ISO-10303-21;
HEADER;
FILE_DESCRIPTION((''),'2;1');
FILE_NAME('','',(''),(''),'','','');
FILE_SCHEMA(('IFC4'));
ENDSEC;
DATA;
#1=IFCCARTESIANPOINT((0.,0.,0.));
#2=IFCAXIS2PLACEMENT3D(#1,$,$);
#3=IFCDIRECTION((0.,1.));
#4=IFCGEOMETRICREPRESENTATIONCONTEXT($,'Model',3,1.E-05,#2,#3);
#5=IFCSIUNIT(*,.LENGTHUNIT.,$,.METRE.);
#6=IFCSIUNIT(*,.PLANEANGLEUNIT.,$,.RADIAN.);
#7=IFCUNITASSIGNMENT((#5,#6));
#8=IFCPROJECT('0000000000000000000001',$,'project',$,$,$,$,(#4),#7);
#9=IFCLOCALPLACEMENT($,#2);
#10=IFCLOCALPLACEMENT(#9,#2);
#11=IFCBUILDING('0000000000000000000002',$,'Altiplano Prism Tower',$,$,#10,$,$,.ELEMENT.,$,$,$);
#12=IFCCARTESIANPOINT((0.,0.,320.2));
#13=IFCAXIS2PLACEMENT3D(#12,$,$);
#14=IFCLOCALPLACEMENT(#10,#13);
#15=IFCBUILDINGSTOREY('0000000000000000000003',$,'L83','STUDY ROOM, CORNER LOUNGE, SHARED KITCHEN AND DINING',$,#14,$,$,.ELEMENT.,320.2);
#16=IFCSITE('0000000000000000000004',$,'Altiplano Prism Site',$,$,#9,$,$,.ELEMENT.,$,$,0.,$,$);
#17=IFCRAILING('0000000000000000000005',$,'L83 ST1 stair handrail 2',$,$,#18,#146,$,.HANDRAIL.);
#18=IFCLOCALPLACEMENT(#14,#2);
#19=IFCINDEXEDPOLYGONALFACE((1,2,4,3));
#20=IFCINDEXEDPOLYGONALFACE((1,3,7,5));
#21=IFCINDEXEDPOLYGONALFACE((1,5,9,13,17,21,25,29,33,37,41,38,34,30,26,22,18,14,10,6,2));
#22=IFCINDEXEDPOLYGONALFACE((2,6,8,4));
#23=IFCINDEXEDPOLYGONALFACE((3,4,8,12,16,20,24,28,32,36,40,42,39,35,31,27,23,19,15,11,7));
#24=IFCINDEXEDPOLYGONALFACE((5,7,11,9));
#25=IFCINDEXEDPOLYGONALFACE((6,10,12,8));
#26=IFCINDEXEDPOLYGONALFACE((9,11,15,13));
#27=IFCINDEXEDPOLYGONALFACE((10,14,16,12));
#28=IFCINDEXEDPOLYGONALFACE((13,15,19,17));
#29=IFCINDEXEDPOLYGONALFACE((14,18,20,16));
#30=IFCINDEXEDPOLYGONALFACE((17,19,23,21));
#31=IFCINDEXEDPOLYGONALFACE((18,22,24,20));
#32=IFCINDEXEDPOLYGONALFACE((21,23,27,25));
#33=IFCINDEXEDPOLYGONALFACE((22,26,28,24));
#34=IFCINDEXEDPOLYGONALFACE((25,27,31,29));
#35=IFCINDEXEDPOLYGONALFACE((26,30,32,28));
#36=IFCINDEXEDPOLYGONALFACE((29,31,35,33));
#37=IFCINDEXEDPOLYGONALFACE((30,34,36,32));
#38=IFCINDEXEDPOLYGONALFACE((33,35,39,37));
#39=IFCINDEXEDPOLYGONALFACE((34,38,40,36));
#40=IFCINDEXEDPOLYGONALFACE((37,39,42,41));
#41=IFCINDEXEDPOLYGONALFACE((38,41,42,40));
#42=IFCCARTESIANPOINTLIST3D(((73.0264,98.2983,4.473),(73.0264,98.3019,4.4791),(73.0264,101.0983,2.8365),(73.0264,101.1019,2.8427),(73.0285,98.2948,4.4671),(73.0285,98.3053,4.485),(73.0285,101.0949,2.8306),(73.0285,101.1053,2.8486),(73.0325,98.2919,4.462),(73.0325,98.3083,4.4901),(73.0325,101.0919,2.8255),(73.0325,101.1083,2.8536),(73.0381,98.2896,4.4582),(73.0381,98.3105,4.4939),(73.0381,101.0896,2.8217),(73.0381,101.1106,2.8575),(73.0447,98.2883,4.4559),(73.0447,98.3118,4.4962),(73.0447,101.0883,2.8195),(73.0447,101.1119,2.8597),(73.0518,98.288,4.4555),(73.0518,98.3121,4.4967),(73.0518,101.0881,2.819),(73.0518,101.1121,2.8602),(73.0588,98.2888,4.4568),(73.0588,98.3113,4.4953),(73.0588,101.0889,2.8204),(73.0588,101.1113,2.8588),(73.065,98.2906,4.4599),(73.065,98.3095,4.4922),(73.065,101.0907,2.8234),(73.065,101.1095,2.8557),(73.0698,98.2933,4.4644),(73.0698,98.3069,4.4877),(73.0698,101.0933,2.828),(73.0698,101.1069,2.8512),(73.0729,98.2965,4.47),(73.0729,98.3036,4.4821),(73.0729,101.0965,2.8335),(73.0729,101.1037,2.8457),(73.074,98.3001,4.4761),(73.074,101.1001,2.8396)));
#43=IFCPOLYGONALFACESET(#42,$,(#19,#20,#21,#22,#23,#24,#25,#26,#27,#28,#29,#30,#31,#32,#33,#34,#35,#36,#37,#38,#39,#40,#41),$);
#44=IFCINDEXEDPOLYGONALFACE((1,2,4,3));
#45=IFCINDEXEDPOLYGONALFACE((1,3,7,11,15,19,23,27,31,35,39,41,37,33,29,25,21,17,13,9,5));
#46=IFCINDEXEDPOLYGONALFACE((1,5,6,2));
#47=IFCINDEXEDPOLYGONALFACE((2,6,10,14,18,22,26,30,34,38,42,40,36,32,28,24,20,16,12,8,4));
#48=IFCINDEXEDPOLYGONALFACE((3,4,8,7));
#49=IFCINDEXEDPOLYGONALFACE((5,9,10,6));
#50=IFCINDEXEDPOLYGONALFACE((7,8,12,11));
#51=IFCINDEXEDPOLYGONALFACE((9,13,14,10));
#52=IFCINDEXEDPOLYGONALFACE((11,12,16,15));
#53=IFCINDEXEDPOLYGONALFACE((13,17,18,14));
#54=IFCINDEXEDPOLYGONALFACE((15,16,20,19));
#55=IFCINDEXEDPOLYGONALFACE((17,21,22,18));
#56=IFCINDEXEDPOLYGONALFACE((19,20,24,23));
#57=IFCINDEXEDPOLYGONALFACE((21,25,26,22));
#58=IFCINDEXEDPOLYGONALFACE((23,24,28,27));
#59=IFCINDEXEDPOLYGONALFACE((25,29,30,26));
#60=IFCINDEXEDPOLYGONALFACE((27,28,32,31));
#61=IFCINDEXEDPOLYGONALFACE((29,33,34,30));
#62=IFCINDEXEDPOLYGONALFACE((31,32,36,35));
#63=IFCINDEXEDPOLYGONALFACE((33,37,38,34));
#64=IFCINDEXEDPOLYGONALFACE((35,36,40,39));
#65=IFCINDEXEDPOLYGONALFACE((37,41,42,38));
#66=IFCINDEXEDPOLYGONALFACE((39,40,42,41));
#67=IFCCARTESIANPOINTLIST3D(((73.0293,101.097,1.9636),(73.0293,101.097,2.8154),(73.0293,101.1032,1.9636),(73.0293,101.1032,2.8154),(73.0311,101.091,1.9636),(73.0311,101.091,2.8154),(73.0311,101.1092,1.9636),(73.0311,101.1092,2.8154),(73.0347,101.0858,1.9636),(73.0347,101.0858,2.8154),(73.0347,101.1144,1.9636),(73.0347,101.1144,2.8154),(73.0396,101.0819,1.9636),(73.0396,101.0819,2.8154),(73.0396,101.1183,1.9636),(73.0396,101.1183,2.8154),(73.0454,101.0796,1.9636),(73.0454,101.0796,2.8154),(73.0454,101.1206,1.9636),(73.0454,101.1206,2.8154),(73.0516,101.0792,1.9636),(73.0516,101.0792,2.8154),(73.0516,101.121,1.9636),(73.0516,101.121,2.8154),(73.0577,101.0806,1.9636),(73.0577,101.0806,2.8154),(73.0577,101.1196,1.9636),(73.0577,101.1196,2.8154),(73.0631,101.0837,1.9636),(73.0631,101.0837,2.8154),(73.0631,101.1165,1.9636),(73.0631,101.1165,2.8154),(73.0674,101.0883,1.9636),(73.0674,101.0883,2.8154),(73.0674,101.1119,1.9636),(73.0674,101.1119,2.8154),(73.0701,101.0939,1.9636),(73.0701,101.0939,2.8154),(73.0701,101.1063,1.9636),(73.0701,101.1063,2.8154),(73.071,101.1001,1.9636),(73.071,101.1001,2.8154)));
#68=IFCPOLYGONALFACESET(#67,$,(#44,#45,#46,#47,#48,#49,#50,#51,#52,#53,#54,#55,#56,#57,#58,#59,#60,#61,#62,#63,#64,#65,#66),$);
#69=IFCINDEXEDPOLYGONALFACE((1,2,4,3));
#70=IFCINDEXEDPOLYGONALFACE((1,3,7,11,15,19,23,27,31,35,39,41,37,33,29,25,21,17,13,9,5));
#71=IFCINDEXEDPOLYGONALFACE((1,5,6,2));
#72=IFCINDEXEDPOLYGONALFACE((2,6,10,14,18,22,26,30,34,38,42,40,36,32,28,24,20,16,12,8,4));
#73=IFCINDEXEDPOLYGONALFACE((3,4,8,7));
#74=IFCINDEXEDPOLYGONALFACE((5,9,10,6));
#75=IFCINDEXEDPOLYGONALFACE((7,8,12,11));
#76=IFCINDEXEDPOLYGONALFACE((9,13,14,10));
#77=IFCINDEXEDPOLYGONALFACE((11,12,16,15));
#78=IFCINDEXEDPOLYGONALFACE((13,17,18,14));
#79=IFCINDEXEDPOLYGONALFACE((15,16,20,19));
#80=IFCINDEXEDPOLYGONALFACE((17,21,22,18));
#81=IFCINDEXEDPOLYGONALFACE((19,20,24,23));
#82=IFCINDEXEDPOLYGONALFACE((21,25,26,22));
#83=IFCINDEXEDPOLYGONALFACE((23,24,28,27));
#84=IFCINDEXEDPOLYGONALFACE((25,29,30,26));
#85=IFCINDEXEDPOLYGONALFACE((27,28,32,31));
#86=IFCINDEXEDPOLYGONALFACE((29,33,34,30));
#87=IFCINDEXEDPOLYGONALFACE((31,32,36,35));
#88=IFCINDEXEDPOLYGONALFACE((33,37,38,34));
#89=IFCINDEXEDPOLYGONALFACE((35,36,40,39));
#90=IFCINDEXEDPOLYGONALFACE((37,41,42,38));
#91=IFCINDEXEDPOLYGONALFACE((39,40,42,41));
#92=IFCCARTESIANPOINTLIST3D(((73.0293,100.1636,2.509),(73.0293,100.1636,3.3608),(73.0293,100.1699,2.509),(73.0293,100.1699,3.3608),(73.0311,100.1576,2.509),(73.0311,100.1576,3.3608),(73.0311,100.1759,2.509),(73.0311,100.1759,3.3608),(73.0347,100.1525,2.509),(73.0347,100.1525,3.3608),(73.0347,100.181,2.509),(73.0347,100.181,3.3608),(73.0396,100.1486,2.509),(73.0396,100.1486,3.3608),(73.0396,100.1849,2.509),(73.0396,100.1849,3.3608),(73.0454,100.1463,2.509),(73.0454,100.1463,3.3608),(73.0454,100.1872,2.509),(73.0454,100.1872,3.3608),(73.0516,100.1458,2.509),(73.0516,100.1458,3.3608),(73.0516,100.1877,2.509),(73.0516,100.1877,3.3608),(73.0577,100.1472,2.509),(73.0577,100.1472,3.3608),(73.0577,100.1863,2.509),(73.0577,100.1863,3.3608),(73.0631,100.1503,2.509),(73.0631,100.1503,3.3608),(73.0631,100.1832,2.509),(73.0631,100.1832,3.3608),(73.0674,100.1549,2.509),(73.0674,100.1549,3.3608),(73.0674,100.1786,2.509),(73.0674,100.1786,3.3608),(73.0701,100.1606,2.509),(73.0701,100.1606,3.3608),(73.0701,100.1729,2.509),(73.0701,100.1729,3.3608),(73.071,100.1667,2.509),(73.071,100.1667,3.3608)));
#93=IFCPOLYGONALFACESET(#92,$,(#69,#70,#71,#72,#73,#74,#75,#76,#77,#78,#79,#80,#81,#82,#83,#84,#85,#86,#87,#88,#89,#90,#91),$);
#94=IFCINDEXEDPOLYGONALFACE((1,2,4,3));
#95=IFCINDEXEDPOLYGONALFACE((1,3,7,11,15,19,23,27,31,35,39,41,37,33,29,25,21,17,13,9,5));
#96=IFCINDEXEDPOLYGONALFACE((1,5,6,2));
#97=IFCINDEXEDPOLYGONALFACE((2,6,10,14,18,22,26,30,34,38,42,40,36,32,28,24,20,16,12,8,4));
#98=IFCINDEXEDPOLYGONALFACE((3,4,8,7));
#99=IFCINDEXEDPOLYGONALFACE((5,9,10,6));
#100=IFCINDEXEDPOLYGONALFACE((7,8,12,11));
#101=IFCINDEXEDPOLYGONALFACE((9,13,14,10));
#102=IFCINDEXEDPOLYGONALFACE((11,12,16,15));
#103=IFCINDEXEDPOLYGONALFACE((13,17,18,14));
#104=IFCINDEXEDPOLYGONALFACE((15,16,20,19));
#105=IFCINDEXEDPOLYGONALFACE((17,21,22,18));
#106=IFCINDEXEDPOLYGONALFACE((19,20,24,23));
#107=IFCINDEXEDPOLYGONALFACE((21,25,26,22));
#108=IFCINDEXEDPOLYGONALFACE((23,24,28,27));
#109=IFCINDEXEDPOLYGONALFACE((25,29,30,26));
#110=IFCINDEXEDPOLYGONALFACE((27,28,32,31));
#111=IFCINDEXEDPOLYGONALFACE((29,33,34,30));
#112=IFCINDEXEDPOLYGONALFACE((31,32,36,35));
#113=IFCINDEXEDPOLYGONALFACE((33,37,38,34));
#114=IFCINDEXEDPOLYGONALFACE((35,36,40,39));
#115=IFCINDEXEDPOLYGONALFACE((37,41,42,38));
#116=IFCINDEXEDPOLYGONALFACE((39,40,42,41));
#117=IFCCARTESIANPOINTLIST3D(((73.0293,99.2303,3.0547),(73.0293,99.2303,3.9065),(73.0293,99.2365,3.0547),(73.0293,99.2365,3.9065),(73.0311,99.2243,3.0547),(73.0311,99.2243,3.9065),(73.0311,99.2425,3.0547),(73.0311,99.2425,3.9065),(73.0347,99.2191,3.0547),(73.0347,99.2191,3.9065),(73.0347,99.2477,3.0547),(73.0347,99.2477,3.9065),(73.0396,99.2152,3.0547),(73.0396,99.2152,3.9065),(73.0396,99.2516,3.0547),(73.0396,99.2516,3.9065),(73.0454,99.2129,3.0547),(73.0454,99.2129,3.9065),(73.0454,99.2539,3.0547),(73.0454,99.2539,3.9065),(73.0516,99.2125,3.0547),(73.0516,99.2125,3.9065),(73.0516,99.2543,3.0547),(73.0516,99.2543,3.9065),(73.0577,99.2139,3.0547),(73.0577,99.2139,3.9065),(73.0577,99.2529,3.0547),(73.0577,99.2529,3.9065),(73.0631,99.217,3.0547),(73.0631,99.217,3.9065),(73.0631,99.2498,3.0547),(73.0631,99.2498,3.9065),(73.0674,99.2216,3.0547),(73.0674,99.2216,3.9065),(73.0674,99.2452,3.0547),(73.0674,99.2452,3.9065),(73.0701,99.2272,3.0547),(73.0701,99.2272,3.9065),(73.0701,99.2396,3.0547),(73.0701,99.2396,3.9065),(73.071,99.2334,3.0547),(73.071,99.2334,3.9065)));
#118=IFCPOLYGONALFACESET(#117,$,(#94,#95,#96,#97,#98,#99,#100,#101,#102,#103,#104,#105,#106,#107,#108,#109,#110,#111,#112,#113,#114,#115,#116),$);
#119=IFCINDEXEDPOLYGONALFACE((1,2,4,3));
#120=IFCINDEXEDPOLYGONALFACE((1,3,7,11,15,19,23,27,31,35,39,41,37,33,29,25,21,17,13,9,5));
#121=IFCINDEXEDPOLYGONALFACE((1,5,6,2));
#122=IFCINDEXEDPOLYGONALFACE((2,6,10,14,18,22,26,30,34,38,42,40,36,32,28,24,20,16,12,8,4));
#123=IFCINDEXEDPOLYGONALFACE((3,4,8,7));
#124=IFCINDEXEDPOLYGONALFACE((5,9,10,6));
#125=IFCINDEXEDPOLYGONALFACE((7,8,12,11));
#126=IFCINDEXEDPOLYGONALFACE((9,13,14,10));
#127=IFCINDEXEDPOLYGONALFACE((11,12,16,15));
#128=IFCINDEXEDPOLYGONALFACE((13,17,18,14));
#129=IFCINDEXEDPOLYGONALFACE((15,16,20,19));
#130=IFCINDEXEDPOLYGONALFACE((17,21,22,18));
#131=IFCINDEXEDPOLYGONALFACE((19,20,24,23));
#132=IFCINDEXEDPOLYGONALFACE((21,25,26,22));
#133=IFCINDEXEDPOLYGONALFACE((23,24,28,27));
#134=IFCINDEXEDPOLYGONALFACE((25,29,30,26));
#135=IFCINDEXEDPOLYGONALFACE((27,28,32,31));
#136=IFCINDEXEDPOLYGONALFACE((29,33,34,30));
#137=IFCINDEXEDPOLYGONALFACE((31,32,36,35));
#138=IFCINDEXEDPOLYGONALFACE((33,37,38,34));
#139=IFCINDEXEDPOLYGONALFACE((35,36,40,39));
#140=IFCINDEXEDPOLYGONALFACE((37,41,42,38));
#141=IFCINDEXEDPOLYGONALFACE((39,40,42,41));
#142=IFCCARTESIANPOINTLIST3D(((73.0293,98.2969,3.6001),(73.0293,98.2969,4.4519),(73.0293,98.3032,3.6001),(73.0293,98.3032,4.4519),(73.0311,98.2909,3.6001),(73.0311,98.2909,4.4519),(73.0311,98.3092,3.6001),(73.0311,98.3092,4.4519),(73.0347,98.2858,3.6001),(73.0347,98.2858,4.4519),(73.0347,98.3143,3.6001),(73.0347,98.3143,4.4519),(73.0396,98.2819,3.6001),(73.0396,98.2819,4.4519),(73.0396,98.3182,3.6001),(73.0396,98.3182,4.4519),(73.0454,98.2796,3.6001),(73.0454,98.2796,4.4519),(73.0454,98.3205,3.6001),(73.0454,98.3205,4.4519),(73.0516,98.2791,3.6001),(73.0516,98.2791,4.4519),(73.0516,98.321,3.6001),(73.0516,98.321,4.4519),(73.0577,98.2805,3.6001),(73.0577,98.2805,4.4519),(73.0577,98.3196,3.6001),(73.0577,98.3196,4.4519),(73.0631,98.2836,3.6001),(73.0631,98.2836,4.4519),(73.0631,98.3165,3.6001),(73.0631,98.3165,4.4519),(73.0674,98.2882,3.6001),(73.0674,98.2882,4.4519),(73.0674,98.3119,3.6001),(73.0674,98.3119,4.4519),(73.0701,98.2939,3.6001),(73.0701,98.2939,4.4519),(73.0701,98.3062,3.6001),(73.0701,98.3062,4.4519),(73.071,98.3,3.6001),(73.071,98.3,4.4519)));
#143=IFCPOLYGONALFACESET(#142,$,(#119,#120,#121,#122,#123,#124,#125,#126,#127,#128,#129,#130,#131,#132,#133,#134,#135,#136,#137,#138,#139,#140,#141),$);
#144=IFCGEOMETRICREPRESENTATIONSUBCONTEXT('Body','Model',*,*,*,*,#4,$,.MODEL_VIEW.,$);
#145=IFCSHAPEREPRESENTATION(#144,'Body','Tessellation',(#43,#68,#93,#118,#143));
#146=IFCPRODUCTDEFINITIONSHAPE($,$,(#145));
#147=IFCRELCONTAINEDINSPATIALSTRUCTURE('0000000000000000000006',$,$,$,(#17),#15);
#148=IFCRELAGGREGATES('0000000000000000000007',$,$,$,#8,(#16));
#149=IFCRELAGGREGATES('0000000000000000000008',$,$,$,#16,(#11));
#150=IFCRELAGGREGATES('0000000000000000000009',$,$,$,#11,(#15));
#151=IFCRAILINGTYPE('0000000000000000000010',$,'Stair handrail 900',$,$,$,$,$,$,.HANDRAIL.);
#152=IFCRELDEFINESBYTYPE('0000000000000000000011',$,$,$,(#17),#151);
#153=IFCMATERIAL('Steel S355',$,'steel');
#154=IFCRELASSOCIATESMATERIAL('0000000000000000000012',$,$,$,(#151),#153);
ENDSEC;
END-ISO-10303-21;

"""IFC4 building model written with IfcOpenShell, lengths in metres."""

from ifc_helpers import new_model, si_unit, direction, frame, origin, origin_2d, place, context, subcontext, project, spatial, circle, extrude, material, type_object, element, save


model = new_model("IFC4")

# Units and contexts
model_context = context("Model", 3, precision=1e-05, world=origin(), true_north=direction((0.0, 1.0)))
body_context = subcontext(model_context, "Body", "Model", "MODEL_VIEW")
ifc_project = project(units=[si_unit("LENGTHUNIT", "METRE"), si_unit("PLANEANGLEUNIT", "RADIAN")], contexts=[model_context])

# Site, building, storey
site_placement = place(None, origin())
site = spatial("IfcSite", under=ifc_project, at=site_placement, Name="Altiplano Prism Site", CompositionType="ELEMENT", RefElevation=0.0)
building_placement = place(site_placement, origin())
building = spatial("IfcBuilding", under=site, at=building_placement, Name="Altiplano Prism Tower", CompositionType="ELEMENT")
storey_placement = place(building_placement, frame((0.0, 0.0, 320.2)))
storey = spatial("IfcBuildingStorey", under=building, at=storey_placement, Name="L83", Description="STUDY ROOM, CORNER LOUNGE, SHARED KITCHEN AND DINING", CompositionType="ELEMENT", Elevation=320.2)

# Railing
ifc_material_1 = material(Name="Steel S355", Category="steel")
railing_type_1 = type_object("IfcRailingType", Name="Stair handrail 900", PredefinedType="HANDRAIL", material=ifc_material_1)
railing_1_placement = place(storey_placement, frame((73.05, 101.1001, 1.9636)))
element("IfcRailing", 1, at=railing_1_placement, inside=storey, type_object=railing_type_1, Name="L83 ST1 stair handrail 2", PredefinedType="HANDRAIL", context=body_context, shape_type="SweptSolid", body=[
    extrude(circle(Radius=0.0239, at=origin_2d()), frame((0.0, 0.0, 0.876), z_axis=(0.0, -0.863361, 0.504587), x_axis=(1.0, 0.0, 0.0)), (0.0, 0.0, 1.0), 3.2432),
    extrude(circle(Radius=0.021, at=origin_2d()), origin(), (0.0, 0.0, 1.0), 0.8518),
    extrude(circle(Radius=0.021, at=origin_2d()), frame((0.0, -0.9333, 0.5454)), (0.0, 0.0, 1.0), 0.8518),
    extrude(circle(Radius=0.021, at=origin_2d()), frame((0.0, -1.8667, 1.0911)), (0.0, 0.0, 1.0), 0.8518),
    extrude(circle(Radius=0.021, at=origin_2d()), frame((0.0, -2.8, 1.6365)), (0.0, 0.0, 1.0), 0.8518),
])

save(model, "model.ifc")
